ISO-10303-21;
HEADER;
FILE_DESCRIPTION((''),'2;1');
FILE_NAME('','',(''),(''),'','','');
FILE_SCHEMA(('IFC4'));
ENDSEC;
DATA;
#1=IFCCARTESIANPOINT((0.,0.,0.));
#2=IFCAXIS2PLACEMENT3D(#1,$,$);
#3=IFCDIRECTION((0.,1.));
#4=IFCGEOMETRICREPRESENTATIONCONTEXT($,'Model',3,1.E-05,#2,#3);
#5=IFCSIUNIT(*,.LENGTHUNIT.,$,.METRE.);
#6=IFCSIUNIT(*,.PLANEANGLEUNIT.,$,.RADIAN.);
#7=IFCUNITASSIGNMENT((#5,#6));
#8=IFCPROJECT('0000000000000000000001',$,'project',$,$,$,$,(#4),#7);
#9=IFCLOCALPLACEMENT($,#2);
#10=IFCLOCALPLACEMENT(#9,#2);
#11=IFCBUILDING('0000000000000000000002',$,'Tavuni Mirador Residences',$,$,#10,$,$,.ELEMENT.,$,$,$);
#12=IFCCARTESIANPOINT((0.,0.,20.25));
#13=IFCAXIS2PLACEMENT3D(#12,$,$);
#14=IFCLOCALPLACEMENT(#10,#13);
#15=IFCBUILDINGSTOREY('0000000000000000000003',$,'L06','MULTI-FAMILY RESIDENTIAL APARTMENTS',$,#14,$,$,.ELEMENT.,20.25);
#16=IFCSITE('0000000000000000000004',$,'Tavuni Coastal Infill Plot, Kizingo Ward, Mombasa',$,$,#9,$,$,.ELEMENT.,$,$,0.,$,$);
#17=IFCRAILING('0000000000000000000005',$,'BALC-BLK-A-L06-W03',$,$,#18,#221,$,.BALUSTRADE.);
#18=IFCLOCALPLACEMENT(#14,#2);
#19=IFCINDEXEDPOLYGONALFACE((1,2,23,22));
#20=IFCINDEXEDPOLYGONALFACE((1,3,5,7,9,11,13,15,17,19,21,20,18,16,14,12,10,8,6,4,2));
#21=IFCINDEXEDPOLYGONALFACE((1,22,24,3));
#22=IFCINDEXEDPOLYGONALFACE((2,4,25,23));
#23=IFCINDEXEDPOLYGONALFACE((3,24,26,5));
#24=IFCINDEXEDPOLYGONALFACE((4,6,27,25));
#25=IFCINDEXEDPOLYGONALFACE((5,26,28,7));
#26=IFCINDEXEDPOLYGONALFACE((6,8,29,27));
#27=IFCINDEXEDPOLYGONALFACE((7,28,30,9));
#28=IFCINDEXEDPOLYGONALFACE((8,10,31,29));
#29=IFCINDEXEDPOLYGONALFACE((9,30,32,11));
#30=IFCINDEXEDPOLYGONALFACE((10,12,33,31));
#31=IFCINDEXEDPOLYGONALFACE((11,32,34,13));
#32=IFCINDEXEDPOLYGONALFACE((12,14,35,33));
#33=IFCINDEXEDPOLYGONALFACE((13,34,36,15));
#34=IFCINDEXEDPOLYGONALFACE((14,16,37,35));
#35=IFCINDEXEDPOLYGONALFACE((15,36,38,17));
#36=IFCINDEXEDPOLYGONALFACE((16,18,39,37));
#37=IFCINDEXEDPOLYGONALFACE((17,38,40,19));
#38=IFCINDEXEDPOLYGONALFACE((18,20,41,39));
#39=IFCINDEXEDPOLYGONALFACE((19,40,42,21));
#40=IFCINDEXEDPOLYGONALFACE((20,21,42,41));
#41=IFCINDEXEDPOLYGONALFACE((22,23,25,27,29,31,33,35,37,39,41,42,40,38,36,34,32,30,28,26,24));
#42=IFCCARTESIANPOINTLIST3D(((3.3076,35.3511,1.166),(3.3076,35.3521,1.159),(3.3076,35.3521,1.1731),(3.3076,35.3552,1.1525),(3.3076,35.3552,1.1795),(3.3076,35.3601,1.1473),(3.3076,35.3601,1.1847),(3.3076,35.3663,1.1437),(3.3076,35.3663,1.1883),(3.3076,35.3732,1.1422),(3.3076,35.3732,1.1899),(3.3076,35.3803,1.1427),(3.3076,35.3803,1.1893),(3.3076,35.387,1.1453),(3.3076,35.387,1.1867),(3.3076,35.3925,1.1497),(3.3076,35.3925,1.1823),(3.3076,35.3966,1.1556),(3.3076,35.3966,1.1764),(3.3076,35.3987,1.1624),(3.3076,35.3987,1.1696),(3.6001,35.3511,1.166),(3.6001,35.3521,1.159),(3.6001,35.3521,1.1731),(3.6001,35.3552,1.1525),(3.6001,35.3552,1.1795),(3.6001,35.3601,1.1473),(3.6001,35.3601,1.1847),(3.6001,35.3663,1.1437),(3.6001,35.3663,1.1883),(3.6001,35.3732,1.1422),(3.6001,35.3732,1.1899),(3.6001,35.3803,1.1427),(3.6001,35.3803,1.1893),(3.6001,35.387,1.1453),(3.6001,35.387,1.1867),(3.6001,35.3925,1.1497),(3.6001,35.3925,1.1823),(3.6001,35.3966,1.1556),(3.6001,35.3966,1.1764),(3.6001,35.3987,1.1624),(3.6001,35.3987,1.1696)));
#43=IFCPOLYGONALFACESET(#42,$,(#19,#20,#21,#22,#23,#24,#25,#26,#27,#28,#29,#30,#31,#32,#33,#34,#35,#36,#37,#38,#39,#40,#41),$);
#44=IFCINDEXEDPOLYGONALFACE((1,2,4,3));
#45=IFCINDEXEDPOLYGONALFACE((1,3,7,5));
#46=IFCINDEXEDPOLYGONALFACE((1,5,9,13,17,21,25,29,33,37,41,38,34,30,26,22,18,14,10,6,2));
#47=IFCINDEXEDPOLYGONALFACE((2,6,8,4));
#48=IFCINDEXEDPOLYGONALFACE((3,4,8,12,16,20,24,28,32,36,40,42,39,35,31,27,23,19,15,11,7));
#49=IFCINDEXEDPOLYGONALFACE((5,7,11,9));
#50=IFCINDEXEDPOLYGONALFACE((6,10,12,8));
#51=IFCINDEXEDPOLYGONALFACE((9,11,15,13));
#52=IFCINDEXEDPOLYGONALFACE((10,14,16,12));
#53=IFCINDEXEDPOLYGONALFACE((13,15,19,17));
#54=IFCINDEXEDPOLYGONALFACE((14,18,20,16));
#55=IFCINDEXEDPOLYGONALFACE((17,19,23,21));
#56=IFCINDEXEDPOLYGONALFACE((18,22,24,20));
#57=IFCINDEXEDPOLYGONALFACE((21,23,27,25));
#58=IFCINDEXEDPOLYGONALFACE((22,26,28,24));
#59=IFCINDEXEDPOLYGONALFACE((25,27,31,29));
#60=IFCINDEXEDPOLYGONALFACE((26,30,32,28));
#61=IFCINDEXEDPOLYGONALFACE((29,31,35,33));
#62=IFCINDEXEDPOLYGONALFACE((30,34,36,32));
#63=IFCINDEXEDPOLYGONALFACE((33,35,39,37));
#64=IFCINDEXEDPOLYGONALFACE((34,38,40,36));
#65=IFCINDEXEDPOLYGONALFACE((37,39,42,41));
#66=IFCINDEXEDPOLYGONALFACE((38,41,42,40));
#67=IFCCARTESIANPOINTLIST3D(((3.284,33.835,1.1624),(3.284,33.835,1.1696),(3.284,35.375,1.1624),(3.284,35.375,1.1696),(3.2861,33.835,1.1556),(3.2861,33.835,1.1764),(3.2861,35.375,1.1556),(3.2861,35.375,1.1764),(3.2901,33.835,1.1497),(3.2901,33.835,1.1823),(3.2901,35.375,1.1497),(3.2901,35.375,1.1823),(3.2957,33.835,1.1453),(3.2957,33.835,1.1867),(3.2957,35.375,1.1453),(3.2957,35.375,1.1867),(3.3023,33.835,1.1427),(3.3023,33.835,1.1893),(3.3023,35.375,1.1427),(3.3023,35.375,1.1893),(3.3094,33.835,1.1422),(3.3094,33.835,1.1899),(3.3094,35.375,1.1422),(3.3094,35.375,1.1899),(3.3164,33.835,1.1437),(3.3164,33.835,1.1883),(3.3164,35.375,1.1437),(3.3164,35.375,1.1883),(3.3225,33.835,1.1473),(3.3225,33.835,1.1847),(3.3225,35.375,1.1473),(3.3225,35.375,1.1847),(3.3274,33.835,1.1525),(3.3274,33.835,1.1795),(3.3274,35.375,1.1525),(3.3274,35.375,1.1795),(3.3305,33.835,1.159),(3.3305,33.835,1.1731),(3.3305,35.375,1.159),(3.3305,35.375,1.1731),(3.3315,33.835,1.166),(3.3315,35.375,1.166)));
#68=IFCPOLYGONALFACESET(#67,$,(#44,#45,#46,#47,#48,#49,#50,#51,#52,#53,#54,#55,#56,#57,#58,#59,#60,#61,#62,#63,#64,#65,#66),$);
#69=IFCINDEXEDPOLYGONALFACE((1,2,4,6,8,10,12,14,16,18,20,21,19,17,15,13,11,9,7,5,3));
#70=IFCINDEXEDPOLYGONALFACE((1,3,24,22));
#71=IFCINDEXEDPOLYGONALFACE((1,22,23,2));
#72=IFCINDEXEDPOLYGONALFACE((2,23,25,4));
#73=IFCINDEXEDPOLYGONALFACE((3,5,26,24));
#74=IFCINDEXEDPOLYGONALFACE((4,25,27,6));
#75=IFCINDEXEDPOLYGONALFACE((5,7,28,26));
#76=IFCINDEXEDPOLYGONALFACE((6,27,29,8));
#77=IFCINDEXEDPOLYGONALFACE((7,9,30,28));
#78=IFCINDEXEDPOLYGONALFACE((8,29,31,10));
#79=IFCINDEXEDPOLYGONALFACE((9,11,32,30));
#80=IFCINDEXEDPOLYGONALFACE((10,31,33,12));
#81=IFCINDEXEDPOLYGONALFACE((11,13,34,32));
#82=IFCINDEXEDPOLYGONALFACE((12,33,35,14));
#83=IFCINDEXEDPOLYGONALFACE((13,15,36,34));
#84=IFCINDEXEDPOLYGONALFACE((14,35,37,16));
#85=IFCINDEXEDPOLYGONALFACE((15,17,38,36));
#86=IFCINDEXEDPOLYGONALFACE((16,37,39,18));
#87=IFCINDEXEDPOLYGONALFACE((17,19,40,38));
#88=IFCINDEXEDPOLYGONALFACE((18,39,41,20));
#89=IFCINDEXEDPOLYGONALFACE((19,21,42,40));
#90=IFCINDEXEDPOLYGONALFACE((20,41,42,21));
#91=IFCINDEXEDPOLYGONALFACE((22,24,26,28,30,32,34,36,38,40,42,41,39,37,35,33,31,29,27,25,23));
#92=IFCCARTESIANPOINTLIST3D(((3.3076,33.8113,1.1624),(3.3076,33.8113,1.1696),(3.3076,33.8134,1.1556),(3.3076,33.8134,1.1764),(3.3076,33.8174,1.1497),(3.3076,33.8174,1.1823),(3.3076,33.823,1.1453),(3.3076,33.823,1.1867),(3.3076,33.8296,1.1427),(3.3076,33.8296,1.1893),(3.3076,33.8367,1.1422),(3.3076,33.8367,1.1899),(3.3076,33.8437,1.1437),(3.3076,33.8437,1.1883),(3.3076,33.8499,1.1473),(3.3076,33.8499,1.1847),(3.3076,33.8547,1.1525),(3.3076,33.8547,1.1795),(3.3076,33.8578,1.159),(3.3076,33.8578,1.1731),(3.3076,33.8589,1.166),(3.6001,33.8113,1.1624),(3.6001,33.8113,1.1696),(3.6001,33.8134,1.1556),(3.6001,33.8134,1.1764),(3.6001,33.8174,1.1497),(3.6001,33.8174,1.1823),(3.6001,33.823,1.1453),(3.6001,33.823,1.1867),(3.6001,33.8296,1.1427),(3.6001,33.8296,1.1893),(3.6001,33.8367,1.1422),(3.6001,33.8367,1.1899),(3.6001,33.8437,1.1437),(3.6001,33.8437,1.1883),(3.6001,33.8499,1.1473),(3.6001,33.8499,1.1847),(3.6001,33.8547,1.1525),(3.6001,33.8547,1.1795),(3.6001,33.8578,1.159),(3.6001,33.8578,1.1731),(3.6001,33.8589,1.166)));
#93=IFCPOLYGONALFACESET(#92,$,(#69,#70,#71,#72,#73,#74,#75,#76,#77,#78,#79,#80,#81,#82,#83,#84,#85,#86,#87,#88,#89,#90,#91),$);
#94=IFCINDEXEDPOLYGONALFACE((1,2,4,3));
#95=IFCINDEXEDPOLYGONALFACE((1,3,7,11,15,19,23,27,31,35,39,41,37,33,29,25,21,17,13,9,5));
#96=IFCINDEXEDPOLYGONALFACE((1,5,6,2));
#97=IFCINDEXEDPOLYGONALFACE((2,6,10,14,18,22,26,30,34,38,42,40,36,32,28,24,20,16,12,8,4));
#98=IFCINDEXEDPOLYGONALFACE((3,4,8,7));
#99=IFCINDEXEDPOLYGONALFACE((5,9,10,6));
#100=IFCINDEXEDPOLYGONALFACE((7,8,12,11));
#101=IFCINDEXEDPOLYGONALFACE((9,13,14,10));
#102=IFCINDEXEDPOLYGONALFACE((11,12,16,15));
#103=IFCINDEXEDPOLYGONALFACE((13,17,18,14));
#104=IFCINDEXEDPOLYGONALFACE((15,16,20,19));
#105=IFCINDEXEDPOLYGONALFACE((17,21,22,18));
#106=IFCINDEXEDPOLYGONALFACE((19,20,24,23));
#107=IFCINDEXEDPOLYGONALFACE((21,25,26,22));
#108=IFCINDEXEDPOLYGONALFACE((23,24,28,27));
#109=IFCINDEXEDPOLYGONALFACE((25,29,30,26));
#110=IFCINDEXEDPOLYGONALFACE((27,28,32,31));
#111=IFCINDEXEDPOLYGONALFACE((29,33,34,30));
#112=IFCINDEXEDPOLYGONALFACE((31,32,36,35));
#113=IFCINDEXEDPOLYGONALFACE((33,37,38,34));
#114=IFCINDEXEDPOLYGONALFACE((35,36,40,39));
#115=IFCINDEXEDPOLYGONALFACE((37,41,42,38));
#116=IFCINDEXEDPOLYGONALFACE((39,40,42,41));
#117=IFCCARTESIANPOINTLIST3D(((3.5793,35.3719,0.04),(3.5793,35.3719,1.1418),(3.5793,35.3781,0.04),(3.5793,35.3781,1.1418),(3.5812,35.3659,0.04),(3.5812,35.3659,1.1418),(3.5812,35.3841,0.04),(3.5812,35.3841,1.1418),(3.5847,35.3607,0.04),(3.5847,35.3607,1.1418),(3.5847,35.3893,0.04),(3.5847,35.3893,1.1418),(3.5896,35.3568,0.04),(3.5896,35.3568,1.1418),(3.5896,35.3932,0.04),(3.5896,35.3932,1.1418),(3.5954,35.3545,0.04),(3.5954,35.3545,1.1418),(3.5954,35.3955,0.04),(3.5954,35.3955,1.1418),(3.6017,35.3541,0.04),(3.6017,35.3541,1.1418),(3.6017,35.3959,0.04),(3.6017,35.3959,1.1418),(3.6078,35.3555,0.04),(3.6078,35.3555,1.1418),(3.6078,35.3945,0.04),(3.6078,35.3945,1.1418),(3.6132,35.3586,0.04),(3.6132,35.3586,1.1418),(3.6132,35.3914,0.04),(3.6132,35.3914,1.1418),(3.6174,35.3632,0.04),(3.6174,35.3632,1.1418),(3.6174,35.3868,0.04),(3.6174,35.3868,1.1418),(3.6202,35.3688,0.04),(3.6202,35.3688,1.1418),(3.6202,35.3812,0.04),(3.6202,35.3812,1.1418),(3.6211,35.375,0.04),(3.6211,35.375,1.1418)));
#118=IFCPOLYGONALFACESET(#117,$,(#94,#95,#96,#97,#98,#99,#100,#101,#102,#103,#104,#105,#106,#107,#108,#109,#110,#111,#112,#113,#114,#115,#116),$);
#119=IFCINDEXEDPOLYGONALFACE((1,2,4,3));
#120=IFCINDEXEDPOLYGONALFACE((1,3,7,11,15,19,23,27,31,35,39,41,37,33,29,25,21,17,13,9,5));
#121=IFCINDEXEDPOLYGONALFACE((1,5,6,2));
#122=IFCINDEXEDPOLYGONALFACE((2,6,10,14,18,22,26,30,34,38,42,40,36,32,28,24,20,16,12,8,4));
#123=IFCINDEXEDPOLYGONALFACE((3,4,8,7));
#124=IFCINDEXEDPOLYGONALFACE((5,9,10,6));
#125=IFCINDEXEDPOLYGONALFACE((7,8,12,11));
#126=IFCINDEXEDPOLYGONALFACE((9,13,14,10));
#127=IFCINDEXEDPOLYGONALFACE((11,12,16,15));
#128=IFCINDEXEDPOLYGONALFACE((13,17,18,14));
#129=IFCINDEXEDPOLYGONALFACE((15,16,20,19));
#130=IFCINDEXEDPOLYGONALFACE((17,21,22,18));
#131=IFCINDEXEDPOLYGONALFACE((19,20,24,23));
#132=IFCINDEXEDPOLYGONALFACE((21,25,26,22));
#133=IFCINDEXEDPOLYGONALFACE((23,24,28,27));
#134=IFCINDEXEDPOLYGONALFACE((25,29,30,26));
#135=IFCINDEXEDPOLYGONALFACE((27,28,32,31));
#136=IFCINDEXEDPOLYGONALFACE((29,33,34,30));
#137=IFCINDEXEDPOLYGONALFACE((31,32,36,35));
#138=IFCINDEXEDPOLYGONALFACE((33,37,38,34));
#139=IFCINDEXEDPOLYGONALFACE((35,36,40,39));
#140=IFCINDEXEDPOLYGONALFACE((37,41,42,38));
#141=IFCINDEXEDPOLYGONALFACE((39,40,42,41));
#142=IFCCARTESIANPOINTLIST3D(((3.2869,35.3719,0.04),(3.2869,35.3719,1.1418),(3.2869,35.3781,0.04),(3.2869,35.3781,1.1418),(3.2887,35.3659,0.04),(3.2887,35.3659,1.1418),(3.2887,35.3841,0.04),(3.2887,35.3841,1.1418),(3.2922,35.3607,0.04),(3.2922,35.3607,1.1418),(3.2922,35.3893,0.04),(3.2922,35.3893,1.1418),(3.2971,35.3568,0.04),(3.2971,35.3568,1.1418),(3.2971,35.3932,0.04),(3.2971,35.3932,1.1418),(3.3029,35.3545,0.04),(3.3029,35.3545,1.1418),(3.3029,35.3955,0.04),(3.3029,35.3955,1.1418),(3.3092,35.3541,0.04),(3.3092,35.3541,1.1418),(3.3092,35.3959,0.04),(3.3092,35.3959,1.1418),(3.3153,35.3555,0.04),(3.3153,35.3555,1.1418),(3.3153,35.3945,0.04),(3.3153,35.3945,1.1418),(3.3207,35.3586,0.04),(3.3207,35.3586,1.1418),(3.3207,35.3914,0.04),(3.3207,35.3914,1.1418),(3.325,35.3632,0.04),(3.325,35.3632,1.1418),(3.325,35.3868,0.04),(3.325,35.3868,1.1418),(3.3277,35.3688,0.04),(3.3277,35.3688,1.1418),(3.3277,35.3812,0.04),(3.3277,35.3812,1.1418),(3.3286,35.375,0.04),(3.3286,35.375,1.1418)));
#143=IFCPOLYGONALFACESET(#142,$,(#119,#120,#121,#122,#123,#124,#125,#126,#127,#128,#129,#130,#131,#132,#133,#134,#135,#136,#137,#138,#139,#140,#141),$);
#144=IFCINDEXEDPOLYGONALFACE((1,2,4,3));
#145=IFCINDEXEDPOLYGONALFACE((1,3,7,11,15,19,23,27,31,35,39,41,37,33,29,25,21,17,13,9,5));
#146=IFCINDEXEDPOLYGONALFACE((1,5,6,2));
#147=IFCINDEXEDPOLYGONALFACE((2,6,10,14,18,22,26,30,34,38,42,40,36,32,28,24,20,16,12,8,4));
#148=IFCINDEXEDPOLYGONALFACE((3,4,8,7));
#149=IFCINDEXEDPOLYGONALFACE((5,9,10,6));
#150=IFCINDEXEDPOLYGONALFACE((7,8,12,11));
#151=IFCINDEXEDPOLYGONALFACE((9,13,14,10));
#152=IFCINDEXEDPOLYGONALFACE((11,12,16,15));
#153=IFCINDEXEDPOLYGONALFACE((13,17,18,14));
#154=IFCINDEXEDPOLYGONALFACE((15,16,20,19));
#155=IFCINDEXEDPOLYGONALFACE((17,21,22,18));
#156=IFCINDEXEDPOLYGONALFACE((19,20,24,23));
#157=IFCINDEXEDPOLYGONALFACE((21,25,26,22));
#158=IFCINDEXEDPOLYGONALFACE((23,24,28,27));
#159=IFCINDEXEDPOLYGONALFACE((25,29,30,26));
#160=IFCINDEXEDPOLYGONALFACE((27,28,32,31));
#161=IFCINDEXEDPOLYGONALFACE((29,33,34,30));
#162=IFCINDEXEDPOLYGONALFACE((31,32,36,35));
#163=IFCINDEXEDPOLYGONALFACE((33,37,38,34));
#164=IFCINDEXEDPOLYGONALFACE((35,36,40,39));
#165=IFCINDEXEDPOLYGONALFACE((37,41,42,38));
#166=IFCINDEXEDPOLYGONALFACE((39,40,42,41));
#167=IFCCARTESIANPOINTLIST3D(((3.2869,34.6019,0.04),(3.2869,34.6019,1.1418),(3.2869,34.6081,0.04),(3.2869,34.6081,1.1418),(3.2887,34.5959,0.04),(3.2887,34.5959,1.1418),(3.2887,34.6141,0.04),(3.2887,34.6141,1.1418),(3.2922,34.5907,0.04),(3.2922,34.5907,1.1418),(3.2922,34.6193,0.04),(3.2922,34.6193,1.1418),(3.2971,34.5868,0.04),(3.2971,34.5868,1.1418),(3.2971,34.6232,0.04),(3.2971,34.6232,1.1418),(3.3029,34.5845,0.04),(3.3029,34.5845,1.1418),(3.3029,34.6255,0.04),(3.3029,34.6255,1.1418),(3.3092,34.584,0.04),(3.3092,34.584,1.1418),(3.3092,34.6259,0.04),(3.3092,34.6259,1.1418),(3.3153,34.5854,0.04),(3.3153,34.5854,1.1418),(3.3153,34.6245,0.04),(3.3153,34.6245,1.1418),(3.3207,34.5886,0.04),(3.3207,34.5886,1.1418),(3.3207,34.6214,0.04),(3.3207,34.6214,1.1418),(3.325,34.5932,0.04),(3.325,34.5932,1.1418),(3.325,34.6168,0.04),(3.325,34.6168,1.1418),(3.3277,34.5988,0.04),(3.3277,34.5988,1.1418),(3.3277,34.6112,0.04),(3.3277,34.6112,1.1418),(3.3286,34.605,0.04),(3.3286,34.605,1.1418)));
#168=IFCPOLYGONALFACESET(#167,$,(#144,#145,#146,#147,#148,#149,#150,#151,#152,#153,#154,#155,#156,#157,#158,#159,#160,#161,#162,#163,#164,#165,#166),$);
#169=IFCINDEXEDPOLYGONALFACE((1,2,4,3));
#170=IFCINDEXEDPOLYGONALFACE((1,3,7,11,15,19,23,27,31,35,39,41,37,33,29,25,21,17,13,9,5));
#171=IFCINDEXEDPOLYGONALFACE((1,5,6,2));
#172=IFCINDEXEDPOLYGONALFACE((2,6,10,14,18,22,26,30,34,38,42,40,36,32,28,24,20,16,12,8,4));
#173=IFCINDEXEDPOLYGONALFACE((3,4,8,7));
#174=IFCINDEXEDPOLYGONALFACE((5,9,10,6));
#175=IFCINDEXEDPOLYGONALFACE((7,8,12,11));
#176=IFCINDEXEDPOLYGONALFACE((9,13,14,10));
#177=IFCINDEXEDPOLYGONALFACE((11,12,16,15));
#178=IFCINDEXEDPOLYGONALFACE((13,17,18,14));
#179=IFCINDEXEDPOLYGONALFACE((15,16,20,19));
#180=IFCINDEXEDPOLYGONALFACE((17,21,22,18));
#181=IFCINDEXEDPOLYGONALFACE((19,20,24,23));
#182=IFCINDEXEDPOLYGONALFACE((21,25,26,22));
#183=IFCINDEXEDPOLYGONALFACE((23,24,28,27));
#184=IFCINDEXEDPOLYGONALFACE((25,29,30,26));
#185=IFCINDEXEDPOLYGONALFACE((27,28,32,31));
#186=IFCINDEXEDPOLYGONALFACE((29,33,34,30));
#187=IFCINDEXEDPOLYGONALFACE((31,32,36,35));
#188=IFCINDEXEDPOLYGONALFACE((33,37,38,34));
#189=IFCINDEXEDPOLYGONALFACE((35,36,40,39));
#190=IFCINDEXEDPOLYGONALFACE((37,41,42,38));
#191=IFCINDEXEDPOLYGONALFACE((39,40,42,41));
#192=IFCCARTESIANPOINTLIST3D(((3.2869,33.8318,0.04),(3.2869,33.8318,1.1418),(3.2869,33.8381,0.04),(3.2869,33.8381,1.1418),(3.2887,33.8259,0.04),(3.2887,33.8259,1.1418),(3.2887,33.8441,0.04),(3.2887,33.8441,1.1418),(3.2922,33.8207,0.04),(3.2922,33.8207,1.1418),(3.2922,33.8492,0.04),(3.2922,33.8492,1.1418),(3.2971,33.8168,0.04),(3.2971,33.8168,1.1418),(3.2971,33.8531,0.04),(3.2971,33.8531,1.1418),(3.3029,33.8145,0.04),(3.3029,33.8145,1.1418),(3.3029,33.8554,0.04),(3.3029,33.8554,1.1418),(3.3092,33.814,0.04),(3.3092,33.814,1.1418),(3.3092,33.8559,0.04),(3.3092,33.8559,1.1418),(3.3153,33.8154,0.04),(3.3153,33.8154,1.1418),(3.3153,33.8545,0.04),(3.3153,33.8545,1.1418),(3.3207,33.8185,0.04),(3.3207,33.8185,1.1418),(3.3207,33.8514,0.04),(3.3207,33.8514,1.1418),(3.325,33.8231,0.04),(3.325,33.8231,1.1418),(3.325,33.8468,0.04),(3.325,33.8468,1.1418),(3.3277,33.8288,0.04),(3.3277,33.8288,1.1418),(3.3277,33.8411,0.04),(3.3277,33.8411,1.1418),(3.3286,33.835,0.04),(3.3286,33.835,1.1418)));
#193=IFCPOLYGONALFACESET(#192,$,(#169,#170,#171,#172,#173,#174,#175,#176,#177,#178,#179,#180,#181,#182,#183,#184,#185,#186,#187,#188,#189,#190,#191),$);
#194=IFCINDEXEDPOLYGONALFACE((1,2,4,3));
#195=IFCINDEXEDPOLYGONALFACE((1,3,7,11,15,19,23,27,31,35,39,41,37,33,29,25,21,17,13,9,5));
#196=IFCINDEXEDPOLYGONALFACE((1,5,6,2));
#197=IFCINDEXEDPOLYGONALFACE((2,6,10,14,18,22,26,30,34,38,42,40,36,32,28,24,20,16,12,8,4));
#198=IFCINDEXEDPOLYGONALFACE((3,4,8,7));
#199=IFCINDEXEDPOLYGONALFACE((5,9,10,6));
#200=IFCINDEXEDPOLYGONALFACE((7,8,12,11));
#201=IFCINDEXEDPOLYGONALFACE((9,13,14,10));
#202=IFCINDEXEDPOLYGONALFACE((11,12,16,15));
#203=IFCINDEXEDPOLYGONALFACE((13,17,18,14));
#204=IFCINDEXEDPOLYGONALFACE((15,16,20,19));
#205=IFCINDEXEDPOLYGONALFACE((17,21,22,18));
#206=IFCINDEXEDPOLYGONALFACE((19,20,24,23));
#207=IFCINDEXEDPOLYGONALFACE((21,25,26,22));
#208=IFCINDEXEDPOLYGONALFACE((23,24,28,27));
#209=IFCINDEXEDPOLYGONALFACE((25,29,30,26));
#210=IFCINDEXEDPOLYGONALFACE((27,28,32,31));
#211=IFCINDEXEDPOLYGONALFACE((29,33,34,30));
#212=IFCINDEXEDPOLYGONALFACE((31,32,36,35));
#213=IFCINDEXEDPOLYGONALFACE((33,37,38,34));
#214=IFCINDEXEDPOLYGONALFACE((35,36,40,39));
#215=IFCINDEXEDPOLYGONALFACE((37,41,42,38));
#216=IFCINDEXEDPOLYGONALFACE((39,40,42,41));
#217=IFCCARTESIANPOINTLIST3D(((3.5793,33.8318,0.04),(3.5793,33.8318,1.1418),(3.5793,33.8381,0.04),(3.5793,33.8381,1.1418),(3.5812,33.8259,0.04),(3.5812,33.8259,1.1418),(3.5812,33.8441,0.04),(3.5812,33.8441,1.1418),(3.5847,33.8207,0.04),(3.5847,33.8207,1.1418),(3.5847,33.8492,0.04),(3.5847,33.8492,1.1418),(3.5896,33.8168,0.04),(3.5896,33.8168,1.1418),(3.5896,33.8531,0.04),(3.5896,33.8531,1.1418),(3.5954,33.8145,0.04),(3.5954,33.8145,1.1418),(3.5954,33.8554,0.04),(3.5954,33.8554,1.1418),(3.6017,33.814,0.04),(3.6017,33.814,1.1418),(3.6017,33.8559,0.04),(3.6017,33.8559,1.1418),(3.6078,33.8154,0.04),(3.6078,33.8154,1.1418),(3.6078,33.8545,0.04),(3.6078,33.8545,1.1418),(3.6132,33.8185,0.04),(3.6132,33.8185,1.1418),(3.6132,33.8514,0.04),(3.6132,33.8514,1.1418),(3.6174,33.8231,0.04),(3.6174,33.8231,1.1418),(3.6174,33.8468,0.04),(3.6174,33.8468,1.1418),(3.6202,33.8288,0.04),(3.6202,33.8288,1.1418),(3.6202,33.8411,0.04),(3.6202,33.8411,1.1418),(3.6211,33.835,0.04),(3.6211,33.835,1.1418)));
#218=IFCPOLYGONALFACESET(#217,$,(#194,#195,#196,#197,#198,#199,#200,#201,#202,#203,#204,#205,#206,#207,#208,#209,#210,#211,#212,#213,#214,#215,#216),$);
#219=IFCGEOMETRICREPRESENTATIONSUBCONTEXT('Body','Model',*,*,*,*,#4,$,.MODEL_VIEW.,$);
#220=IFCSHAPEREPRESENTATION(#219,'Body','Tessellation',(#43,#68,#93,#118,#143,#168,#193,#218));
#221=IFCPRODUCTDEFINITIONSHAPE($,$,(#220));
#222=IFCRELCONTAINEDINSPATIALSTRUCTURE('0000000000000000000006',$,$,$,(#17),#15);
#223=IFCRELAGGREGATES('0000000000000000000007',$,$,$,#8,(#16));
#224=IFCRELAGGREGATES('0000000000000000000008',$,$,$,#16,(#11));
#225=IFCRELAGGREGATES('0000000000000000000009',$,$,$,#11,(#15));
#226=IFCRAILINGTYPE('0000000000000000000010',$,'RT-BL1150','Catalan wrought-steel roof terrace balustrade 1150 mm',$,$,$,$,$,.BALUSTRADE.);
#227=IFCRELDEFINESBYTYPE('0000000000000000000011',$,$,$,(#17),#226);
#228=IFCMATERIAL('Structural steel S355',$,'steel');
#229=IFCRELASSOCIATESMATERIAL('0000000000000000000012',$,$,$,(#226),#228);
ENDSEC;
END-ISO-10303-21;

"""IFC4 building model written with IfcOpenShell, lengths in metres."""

from ifc_helpers import new_model, si_unit, direction, frame, origin, origin_2d, place, context, subcontext, project, spatial, circle, extrude, material, type_object, element, save


model = new_model("IFC4")

# Units and contexts
model_context = context("Model", 3, precision=1e-05, world=origin(), true_north=direction((0.0, 1.0)))
body_context = subcontext(model_context, "Body", "Model", "MODEL_VIEW")
ifc_project = project(units=[si_unit("LENGTHUNIT", "METRE"), si_unit("PLANEANGLEUNIT", "RADIAN")], contexts=[model_context])

# Site, building, storey
site_placement = place(None, origin())
site = spatial("IfcSite", under=ifc_project, at=site_placement, Name="Tavuni Coastal Infill Plot, Kizingo Ward, Mombasa", CompositionType="ELEMENT", RefElevation=0.0)
building_placement = place(site_placement, origin())
building = spatial("IfcBuilding", under=site, at=building_placement, Name="Tavuni Mirador Residences", CompositionType="ELEMENT")
storey_placement = place(building_placement, frame((0.0, 0.0, 20.25)))
storey = spatial("IfcBuildingStorey", under=building, at=storey_placement, Name="L06", Description="MULTI-FAMILY RESIDENTIAL APARTMENTS", CompositionType="ELEMENT", Elevation=20.25)

# Railing
ifc_material_1 = material(Name="Structural steel S355", Category="steel")
railing_type = type_object("IfcRailingType", Name="RT-BL1150", Description="Catalan wrought-steel roof terrace balustrade 1150 mm", PredefinedType="BALUSTRADE", material=ifc_material_1)
railing_placement = place(storey_placement, frame((3.6001, 35.375, 0.04)))
element("IfcRailing", 1, at=railing_placement, inside=storey, type_object=railing_type, Name="BALC-BLK-A-L06-W03", PredefinedType="BALUSTRADE", context=body_context, shape_type="SweptSolid", body=[
    extrude(circle(Radius=0.0239, at=origin_2d()), frame((0.0, 0.0, 1.126), z_axis=(-1.0, 0.0, 0.0), x_axis=(0.0, -1.0, 0.0)), (0.0, 0.0, 1.0), 0.2925),
    extrude(circle(Radius=0.0239, at=origin_2d()), frame((-0.2925, 0.0, 1.126), z_axis=(0.0, -1.0, 0.0), x_axis=(1.0, 0.0, 0.0)), (0.0, 0.0, 1.0), 1.54),
    extrude(circle(Radius=0.0239, at=origin_2d()), frame((-0.2925, -1.54, 1.126), z_axis=(1.0, 0.0, 0.0), x_axis=(0.0, 1.0, 0.0)), (0.0, 0.0, 1.0), 0.2925),
    extrude(circle(Radius=0.021, at=origin_2d()), origin(), (0.0, 0.0, 1.0), 1.1018),
    extrude(circle(Radius=0.021, at=origin_2d()), frame((-0.2925, 0.0, 0.0)), (0.0, 0.0, 1.0), 1.1018),
    extrude(circle(Radius=0.021, at=origin_2d()), frame((-0.2925, -0.77, 0.0)), (0.0, 0.0, 1.0), 1.1018),
    extrude(circle(Radius=0.021, at=origin_2d()), frame((-0.2925, -1.54, 0.0)), (0.0, 0.0, 1.0), 1.1018),
    extrude(circle(Radius=0.021, at=origin_2d()), frame((0.0, -1.54, 0.0)), (0.0, 0.0, 1.0), 1.1018),
])

save(model, "model.ifc")
